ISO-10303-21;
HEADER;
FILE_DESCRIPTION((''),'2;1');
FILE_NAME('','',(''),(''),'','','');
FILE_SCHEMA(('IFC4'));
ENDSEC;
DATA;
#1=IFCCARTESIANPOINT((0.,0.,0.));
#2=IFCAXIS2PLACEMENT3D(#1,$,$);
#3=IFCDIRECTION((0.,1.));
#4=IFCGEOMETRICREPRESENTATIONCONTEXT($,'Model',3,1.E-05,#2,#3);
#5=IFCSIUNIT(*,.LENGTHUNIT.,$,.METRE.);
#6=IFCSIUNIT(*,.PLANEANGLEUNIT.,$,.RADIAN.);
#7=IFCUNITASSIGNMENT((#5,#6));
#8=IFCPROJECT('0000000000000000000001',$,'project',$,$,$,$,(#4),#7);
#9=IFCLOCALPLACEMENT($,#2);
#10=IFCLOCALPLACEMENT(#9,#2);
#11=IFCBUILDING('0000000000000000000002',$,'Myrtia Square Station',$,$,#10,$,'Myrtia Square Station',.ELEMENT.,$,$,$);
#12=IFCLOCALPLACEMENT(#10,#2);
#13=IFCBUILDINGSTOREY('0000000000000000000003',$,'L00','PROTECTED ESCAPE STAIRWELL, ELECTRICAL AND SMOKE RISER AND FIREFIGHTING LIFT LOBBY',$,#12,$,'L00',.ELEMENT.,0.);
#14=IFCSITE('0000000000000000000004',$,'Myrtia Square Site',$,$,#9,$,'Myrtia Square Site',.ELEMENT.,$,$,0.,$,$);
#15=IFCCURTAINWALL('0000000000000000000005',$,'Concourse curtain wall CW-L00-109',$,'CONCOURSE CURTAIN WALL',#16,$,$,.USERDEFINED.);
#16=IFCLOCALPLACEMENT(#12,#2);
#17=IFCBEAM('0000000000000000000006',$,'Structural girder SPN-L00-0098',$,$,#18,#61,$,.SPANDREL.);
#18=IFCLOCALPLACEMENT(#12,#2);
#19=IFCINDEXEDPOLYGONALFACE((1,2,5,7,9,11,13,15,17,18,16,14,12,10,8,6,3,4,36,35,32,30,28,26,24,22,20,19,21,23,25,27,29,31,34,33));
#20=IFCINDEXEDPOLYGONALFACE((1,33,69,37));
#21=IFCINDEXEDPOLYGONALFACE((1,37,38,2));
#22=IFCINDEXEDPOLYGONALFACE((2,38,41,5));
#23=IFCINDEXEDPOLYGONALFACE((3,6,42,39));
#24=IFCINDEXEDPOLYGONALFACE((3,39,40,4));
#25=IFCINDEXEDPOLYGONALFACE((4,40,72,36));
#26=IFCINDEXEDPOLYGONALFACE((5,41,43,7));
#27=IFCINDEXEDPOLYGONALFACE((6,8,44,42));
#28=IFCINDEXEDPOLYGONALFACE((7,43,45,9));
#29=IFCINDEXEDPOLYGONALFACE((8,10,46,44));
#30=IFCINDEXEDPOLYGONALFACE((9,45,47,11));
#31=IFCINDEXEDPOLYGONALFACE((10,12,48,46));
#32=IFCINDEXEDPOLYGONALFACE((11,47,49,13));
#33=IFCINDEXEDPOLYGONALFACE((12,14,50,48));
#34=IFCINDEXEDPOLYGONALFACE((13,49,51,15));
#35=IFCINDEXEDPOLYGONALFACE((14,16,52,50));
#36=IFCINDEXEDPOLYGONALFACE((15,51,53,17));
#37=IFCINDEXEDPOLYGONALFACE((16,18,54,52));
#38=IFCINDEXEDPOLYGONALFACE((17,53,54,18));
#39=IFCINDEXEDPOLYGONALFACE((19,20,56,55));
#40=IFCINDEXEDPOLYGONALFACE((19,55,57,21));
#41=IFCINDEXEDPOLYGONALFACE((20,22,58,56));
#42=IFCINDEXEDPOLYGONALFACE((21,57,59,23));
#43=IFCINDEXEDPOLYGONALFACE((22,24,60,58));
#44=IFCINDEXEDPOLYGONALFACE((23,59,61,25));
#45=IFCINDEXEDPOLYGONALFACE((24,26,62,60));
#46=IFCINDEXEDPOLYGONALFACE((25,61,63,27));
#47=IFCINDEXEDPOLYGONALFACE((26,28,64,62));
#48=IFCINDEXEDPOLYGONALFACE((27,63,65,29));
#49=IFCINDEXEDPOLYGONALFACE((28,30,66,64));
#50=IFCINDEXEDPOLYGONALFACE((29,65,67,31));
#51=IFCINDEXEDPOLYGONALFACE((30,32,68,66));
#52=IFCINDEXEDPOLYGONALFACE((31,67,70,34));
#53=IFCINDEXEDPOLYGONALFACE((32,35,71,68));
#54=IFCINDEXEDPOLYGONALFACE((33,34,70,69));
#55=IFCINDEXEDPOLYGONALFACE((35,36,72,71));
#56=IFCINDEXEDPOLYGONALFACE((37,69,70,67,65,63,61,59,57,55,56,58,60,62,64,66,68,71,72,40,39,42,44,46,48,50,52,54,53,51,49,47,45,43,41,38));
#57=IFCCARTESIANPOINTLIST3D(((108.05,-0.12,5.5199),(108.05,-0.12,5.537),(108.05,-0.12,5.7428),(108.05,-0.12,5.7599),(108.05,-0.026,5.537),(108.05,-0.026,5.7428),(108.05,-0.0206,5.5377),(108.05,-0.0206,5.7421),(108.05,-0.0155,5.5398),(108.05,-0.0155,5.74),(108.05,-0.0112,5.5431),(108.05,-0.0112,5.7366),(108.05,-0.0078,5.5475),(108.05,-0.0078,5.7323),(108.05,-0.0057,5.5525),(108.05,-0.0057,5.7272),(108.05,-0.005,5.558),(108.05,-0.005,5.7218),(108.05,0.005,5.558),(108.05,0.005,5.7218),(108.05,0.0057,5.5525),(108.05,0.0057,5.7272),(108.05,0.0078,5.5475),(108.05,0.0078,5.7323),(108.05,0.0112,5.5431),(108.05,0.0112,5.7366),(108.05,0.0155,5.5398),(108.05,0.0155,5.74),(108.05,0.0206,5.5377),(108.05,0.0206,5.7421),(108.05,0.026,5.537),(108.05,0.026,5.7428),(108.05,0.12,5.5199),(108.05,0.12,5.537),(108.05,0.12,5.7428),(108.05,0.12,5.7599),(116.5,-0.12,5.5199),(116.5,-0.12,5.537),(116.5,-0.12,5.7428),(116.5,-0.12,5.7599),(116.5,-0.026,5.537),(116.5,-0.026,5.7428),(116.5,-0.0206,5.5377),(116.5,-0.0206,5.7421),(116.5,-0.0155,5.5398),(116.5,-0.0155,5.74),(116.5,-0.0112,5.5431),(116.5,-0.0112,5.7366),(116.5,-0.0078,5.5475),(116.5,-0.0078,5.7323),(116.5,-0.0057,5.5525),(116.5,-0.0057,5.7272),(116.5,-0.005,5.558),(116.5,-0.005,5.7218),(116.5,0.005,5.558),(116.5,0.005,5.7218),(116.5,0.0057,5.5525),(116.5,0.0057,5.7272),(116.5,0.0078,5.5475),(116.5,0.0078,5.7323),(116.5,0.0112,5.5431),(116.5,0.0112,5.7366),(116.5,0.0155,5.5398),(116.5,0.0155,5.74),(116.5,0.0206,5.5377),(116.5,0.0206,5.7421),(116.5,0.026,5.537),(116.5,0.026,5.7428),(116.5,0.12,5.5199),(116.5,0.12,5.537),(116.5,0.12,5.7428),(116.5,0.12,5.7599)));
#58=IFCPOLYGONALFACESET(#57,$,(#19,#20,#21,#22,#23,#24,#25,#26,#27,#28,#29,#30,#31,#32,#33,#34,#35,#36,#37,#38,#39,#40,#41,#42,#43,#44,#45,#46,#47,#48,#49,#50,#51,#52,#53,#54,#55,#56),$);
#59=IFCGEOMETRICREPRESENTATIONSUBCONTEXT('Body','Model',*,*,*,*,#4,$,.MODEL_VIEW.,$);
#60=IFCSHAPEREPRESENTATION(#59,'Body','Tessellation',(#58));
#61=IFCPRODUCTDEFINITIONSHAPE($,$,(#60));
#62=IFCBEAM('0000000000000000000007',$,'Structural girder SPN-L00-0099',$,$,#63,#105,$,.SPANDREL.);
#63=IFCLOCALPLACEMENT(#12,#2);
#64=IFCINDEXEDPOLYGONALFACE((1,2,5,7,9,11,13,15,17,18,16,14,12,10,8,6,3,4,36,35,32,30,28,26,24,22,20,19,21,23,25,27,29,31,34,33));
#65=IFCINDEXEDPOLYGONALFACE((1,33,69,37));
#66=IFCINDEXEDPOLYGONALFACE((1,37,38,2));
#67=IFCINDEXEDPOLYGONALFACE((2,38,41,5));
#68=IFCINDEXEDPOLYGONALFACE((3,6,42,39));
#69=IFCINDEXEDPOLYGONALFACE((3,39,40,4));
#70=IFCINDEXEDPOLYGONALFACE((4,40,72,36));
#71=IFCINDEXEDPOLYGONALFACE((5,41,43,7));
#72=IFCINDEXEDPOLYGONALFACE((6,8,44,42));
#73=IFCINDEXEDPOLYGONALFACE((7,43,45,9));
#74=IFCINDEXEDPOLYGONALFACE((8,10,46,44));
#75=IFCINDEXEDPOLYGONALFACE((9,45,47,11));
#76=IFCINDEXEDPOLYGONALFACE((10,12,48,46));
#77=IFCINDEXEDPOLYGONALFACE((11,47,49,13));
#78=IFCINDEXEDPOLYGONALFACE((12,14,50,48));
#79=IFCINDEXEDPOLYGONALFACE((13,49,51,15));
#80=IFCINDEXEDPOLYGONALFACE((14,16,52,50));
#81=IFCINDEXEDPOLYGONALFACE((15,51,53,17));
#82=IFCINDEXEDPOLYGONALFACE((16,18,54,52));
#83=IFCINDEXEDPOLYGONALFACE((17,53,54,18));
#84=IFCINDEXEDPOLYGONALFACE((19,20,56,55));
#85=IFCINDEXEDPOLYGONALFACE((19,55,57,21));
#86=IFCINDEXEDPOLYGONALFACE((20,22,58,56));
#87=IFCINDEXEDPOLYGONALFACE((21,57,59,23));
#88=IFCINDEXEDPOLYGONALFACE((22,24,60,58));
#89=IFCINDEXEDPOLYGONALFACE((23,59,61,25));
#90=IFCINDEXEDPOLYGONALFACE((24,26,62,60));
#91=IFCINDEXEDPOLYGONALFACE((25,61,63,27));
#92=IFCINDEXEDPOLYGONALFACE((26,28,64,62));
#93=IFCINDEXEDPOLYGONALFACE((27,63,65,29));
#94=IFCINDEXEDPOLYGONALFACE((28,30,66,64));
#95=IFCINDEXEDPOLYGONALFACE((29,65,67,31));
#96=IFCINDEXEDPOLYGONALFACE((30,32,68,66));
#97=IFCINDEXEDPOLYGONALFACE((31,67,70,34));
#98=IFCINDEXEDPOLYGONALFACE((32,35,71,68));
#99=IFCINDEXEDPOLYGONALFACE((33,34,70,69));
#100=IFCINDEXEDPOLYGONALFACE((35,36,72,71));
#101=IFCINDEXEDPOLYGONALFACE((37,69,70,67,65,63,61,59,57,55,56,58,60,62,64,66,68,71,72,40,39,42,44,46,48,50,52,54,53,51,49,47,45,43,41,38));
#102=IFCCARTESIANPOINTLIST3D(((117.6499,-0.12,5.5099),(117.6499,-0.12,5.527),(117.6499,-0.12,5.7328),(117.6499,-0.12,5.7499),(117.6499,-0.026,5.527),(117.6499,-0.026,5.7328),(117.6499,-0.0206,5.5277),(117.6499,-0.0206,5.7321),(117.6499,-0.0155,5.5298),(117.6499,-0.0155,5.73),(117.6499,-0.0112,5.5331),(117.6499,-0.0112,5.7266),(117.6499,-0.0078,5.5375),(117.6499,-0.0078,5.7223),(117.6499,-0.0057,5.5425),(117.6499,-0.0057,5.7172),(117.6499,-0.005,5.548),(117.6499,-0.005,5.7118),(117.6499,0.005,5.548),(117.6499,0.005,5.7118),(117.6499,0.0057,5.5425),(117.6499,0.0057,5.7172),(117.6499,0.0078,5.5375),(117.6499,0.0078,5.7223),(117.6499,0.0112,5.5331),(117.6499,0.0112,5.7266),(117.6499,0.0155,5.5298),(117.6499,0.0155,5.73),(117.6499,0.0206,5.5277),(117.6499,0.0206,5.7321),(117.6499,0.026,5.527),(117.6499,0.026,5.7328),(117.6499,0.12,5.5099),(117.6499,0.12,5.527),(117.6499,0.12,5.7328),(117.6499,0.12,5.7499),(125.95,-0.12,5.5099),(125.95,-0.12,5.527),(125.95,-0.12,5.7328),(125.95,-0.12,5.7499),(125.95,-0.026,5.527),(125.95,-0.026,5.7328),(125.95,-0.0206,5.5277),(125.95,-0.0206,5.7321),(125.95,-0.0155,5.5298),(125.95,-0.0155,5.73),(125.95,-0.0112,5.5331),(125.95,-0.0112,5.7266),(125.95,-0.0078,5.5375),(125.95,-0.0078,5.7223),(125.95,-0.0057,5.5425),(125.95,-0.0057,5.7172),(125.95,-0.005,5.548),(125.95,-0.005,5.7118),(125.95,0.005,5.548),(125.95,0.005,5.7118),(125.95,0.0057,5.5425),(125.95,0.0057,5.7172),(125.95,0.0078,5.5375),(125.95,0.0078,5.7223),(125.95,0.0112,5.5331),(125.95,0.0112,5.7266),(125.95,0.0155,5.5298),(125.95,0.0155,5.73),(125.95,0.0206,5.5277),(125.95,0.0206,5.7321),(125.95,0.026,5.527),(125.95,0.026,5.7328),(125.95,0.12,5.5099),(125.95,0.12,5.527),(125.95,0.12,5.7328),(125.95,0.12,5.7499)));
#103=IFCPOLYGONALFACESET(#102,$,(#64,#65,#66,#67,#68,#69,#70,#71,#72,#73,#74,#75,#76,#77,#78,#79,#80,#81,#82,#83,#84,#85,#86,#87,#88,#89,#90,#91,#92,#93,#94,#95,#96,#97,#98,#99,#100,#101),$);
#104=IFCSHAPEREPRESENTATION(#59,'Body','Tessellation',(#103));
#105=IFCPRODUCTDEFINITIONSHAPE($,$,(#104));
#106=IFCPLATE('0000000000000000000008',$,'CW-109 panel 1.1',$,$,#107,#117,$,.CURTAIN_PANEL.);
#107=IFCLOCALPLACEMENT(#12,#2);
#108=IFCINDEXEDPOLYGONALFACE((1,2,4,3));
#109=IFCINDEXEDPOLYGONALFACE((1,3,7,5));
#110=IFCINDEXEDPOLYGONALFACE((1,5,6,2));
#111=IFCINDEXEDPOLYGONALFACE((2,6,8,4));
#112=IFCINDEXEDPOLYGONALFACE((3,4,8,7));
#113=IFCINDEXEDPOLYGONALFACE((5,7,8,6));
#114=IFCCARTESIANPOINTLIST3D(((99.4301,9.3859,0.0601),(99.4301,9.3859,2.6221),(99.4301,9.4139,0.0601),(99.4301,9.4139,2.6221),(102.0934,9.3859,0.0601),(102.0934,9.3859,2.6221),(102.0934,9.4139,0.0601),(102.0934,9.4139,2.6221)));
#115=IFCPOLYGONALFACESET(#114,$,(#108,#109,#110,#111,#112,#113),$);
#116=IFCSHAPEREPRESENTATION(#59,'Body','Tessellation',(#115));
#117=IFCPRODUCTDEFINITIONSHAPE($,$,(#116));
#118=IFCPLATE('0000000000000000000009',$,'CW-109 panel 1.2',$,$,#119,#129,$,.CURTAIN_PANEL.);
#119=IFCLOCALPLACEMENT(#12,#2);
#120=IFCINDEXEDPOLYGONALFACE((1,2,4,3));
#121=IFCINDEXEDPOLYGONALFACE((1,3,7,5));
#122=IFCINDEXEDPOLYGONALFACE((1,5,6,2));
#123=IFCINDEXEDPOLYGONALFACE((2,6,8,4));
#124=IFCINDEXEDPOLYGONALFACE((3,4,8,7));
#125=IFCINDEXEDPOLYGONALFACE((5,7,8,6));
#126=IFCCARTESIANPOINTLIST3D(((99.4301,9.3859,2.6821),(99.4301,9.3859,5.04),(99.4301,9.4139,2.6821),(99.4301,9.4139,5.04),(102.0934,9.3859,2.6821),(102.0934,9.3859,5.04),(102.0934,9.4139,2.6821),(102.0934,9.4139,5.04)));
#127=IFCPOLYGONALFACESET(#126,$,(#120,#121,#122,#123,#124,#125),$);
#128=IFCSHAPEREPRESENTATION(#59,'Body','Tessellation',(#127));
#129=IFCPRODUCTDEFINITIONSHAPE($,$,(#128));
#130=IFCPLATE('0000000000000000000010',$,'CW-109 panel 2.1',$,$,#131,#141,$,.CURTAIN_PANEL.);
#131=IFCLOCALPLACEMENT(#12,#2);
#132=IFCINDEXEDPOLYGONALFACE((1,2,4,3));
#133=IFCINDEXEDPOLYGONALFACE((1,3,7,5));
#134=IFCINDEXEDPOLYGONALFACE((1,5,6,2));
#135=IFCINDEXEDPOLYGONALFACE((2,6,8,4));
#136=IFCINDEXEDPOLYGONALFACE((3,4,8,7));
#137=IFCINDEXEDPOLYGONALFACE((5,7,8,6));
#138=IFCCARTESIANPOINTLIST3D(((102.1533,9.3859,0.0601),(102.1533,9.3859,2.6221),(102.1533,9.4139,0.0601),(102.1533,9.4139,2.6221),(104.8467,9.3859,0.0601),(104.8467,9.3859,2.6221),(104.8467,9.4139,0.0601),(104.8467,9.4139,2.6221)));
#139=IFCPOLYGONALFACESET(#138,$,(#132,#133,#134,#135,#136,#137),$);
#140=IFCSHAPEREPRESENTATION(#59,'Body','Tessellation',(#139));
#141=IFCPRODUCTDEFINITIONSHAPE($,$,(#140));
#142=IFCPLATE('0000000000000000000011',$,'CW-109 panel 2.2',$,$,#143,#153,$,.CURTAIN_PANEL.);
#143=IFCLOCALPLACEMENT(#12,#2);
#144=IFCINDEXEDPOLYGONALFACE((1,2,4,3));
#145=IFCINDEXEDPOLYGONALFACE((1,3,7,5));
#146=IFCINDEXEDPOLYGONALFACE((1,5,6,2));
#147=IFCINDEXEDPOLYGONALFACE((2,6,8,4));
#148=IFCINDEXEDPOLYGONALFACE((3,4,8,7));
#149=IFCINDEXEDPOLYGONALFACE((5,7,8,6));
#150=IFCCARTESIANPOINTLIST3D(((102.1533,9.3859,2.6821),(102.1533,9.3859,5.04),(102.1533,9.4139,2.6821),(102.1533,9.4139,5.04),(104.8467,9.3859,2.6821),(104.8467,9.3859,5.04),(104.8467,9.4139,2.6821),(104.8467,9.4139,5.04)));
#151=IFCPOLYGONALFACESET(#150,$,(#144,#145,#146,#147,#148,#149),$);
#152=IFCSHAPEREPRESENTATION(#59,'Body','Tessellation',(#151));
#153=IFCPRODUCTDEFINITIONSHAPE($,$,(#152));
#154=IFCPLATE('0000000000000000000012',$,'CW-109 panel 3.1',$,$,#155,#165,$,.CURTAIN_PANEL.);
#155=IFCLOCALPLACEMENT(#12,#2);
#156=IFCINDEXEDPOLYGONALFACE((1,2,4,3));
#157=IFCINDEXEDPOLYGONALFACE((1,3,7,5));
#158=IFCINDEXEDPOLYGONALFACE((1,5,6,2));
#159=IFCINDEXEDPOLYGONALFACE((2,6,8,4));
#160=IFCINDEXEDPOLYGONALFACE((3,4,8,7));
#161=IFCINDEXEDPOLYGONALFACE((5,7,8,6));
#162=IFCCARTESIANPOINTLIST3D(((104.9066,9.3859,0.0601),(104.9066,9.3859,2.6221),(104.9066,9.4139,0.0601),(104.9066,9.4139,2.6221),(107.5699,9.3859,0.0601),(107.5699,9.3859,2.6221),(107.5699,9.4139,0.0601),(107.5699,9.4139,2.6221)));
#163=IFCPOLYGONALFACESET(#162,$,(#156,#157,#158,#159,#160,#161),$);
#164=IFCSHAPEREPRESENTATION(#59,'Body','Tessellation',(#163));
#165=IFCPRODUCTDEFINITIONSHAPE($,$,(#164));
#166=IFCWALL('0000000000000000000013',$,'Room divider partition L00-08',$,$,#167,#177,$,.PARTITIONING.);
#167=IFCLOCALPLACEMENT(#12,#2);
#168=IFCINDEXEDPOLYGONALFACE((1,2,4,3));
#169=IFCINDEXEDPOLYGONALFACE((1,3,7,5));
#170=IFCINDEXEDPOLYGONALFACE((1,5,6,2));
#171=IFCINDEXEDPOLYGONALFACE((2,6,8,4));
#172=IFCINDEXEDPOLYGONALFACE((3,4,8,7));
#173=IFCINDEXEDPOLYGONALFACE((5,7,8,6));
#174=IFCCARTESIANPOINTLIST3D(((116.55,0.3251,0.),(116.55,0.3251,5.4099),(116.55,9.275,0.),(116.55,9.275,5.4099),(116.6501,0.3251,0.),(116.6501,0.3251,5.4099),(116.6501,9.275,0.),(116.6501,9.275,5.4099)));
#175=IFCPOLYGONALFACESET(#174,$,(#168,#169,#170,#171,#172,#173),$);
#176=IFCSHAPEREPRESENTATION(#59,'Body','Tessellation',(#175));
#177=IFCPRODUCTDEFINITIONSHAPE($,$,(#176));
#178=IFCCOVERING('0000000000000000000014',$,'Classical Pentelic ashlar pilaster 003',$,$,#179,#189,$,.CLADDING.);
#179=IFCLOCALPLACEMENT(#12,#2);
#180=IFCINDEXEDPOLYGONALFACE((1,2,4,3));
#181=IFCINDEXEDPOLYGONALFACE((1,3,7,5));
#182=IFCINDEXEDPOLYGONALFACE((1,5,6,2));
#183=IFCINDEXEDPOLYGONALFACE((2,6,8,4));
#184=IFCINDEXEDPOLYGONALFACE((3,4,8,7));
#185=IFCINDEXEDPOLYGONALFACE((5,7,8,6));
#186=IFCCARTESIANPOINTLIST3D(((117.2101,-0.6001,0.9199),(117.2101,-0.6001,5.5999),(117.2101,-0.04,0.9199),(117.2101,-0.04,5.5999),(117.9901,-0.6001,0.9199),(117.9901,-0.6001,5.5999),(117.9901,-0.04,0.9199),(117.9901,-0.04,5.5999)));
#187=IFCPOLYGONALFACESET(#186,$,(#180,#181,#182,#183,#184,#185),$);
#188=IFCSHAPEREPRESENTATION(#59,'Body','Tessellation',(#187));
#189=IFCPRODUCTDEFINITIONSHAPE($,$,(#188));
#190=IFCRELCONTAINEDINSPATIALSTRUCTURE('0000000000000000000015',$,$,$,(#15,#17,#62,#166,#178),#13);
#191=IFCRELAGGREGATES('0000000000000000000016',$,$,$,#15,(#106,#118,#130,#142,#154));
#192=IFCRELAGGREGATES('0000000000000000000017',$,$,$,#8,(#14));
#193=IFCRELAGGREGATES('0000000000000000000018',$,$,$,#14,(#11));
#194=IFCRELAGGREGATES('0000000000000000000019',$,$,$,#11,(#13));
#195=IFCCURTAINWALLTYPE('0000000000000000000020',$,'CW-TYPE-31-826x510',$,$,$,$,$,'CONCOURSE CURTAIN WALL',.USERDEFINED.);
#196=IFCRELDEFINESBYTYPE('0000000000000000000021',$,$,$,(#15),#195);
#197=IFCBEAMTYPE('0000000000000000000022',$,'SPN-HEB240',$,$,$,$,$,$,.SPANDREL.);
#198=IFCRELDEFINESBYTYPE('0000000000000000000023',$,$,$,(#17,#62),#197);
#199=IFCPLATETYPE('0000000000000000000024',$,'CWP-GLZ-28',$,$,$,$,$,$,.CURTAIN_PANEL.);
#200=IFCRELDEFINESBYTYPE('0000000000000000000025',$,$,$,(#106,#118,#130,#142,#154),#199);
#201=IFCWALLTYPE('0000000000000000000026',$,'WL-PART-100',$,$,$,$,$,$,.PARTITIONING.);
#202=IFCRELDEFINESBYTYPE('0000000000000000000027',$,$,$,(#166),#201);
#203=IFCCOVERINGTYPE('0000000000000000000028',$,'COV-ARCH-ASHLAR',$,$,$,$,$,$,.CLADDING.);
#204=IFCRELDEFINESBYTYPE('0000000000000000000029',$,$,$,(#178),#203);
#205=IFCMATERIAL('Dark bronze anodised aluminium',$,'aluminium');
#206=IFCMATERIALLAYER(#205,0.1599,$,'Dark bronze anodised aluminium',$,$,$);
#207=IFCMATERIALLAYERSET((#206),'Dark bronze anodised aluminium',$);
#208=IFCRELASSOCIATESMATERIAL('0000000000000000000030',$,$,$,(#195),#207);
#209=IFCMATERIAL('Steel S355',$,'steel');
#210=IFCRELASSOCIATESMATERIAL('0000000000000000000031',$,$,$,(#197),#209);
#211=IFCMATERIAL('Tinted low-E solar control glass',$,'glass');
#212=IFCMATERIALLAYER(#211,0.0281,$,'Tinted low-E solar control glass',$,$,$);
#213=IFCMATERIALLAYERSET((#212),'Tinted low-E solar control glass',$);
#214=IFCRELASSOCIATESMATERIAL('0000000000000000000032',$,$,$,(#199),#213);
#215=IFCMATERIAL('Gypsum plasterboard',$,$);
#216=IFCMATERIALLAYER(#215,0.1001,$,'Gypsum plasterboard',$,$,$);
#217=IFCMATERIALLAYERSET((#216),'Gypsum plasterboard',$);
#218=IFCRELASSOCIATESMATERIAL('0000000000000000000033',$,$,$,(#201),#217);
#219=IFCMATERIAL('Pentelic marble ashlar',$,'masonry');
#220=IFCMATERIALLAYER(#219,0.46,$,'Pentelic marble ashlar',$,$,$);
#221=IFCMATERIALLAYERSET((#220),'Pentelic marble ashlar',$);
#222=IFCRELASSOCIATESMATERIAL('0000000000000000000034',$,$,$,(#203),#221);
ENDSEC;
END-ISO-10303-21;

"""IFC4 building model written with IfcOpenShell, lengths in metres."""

from ifc_helpers import new_model, si_unit, direction, frame, frame_2d, origin, origin_2d, place, context, subcontext, project, spatial, rectangle, i_section, extrude, material, layer, layer_set, material_profile, profile_set, type_object, element, aggregate, save


model = new_model("IFC4")

# Units and contexts
model_context = context("Model", 3, precision=1e-05, world=origin(), true_north=direction((0.0, 1.0)))
body_context = subcontext(model_context, "Body", "Model", "MODEL_VIEW")
ifc_project = project(units=[si_unit("LENGTHUNIT", "METRE"), si_unit("PLANEANGLEUNIT", "RADIAN")], contexts=[model_context])

# Site, building, storey
site_placement = place(None, origin())
site = spatial("IfcSite", under=ifc_project, at=site_placement, Name="Myrtia Square Site", LongName="Myrtia Square Site", CompositionType="ELEMENT", RefElevation=0.0)
building_placement = place(site_placement, origin())
building = spatial("IfcBuilding", under=site, at=building_placement, Name="Myrtia Square Station", LongName="Myrtia Square Station", CompositionType="ELEMENT")
storey_placement = place(building_placement, origin())
storey = spatial("IfcBuildingStorey", under=building, at=storey_placement, Name="L00", Description="PROTECTED ESCAPE STAIRWELL, ELECTRICAL AND SMOKE RISER AND FIREFIGHTING LIFT LOBBY", LongName="L00", CompositionType="ELEMENT", Elevation=0.0)

# Shared definitions
ifc_material_1 = material(Name="Steel S355", Category="steel")

# Curtain wall
ifc_material_2 = material(Name="Dark bronze anodised aluminium", Category="aluminium")
ifc_layer_1 = layer(ifc_material_2, 0.1599, Name="Dark bronze anodised aluminium")
ifc_layer_set_1 = layer_set([ifc_layer_1], Name="Dark bronze anodised aluminium")
curtain_wall_type = type_object("IfcCurtainWallType", Name="CW-TYPE-31-826x510", ElementType="CONCOURSE CURTAIN WALL", PredefinedType="USERDEFINED", material=ifc_layer_set_1)
curtain_wall_placement = place(storey_placement, origin())
curtain_wall = element("IfcCurtainWall", 1, at=curtain_wall_placement, inside=storey, type_object=curtain_wall_type, Name="Concourse curtain wall CW-L00-109", ObjectType="CONCOURSE CURTAIN WALL", PredefinedType="USERDEFINED")

# Beams
ifc_material_profile_1 = material_profile(ifc_material_1, i_section(OverallWidth=0.24, OverallDepth=0.24, WebThickness=0.01, FlangeThickness=0.0171, FilletRadius=0.021, at=origin_2d()), Name="HEB 240")
ifc_profile_set_1 = profile_set([ifc_material_profile_1], Name="Steel S355")
beam_type_1 = type_object("IfcBeamType", Name="SPN-HEB240", PredefinedType="SPANDREL", material=ifc_profile_set_1)
beam_1_placement = place(storey_placement, frame((108.05, 0.0, 5.6399), z_axis=(1.0, 0.0, 0.0), x_axis=(0.0, 1.0, 0.0)))
element("IfcBeam", 2, at=beam_1_placement, inside=storey, type_object=beam_type_1, Name="Structural girder SPN-L00-0098", PredefinedType="SPANDREL", context=body_context, shape_type="SweptSolid", body=[
    extrude(i_section(OverallWidth=0.24, OverallDepth=0.24, WebThickness=0.01, FlangeThickness=0.0171, FilletRadius=0.021, at=origin_2d()), origin(), (0.0, 0.0, 1.0), 8.45),
])
beam_2_placement = place(storey_placement, frame((117.6499, 0.0, 5.6299), z_axis=(1.0, 0.0, 0.0), x_axis=(0.0, 1.0, 0.0)))
element("IfcBeam", 3, at=beam_2_placement, inside=storey, type_object=beam_type_1, Name="Structural girder SPN-L00-0099", PredefinedType="SPANDREL", context=body_context, shape_type="SweptSolid", body=[
    extrude(i_section(OverallWidth=0.24, OverallDepth=0.24, WebThickness=0.01, FlangeThickness=0.0171, FilletRadius=0.021, at=origin_2d()), origin(), (0.0, 0.0, 1.0), 8.3),
])

# Plates
ifc_material_3 = material(Name="Tinted low-E solar control glass", Category="glass")
ifc_layer_2 = layer(ifc_material_3, 0.0281, Name="Tinted low-E solar control glass")
ifc_layer_set_2 = layer_set([ifc_layer_2], Name="Tinted low-E solar control glass")
plate_type = type_object("IfcPlateType", Name="CWP-GLZ-28", PredefinedType="CURTAIN_PANEL", material=ifc_layer_set_2)
plate_1_placement = place(storey_placement, frame((100.7617, 9.3999, 0.0601), z_axis=(0.0, 0.0, 1.0), x_axis=(1.0, 0.0, 0.0)))
plate_1 = element("IfcPlate", 4, at=plate_1_placement, type_object=plate_type, Name="CW-109 panel 1.1", PredefinedType="CURTAIN_PANEL", context=body_context, shape_type="SweptSolid", body=[
    extrude(rectangle(XDim=2.6633, YDim=0.0281, at=origin_2d()), origin(), (0.0, 0.0, 1.0), 2.562),
])
plate_2_placement = place(storey_placement, frame((100.7617, 9.3999, 2.6821), z_axis=(0.0, 0.0, 1.0), x_axis=(1.0, 0.0, 0.0)))
plate_2 = element("IfcPlate", 5, at=plate_2_placement, type_object=plate_type, Name="CW-109 panel 1.2", PredefinedType="CURTAIN_PANEL", context=body_context, shape_type="SweptSolid", body=[
    extrude(rectangle(XDim=2.6633, YDim=0.0281, at=origin_2d()), origin(), (0.0, 0.0, 1.0), 2.3579),
])
plate_3_placement = place(storey_placement, frame((103.5, 9.3999, 0.0601), z_axis=(0.0, 0.0, 1.0), x_axis=(1.0, 0.0, 0.0)))
plate_3 = element("IfcPlate", 6, at=plate_3_placement, type_object=plate_type, Name="CW-109 panel 2.1", PredefinedType="CURTAIN_PANEL", context=body_context, shape_type="SweptSolid", body=[
    extrude(rectangle(XDim=2.6934, YDim=0.0281, at=origin_2d()), origin(), (0.0, 0.0, 1.0), 2.562),
])
plate_4_placement = place(storey_placement, frame((103.5, 9.3999, 2.6821), z_axis=(0.0, 0.0, 1.0), x_axis=(1.0, 0.0, 0.0)))
plate_4 = element("IfcPlate", 7, at=plate_4_placement, type_object=plate_type, Name="CW-109 panel 2.2", PredefinedType="CURTAIN_PANEL", context=body_context, shape_type="SweptSolid", body=[
    extrude(rectangle(XDim=2.6934, YDim=0.0281, at=origin_2d()), origin(), (0.0, 0.0, 1.0), 2.3579),
])
plate_5_placement = place(storey_placement, frame((106.2383, 9.3999, 0.0601), z_axis=(0.0, 0.0, 1.0), x_axis=(1.0, 0.0, 0.0)))
plate_5 = element("IfcPlate", 8, at=plate_5_placement, type_object=plate_type, Name="CW-109 panel 3.1", PredefinedType="CURTAIN_PANEL", context=body_context, shape_type="SweptSolid", body=[
    extrude(rectangle(XDim=2.6633, YDim=0.0281, at=origin_2d()), origin(), (0.0, 0.0, 1.0), 2.562),
])
aggregate(curtain_wall, [plate_1, plate_2, plate_3, plate_4, plate_5])

# Wall
ifc_material_4 = material(Name="Gypsum plasterboard")
ifc_layer_3 = layer(ifc_material_4, 0.1001, Name="Gypsum plasterboard")
ifc_layer_set_3 = layer_set([ifc_layer_3], Name="Gypsum plasterboard")
wall_type = type_object("IfcWallType", Name="WL-PART-100", PredefinedType="PARTITIONING", material=ifc_layer_set_3)
wall_placement = place(storey_placement, frame((116.6001, 0.325, 0.0), z_axis=(0.0, 0.0, 1.0), x_axis=(0.0, 1.0, 0.0)))
element("IfcWall", 9, at=wall_placement, inside=storey, type_object=wall_type, Name="Room divider partition L00-08", PredefinedType="PARTITIONING", context=body_context, shape_type="SweptSolid", body=[
    extrude(rectangle(XDim=8.95, YDim=0.1001, at=frame_2d((4.4751, 0.0))), origin(), (0.0, 0.0, 1.0), 5.4099),
])

# Covering
ifc_material_5 = material(Name="Pentelic marble ashlar", Category="masonry")
ifc_layer_4 = layer(ifc_material_5, 0.46, Name="Pentelic marble ashlar")
ifc_layer_set_4 = layer_set([ifc_layer_4], Name="Pentelic marble ashlar")
covering_type = type_object("IfcCoveringType", Name="COV-ARCH-ASHLAR", PredefinedType="CLADDING", material=ifc_layer_set_4)
covering_placement = place(storey_placement, frame((117.6001, -0.3201, 0.9199), z_axis=(0.0, 0.0, 1.0), x_axis=(1.0, 0.0, 0.0)))
element("IfcCovering", 10, at=covering_placement, inside=storey, type_object=covering_type, Name="Classical Pentelic ashlar pilaster 003", PredefinedType="CLADDING", context=body_context, shape_type="SweptSolid", body=[
    extrude(rectangle(XDim=0.78, YDim=0.5601, at=origin_2d()), origin(), (0.0, 0.0, 1.0), 4.6799),
])

save(model, "model.ifc")
